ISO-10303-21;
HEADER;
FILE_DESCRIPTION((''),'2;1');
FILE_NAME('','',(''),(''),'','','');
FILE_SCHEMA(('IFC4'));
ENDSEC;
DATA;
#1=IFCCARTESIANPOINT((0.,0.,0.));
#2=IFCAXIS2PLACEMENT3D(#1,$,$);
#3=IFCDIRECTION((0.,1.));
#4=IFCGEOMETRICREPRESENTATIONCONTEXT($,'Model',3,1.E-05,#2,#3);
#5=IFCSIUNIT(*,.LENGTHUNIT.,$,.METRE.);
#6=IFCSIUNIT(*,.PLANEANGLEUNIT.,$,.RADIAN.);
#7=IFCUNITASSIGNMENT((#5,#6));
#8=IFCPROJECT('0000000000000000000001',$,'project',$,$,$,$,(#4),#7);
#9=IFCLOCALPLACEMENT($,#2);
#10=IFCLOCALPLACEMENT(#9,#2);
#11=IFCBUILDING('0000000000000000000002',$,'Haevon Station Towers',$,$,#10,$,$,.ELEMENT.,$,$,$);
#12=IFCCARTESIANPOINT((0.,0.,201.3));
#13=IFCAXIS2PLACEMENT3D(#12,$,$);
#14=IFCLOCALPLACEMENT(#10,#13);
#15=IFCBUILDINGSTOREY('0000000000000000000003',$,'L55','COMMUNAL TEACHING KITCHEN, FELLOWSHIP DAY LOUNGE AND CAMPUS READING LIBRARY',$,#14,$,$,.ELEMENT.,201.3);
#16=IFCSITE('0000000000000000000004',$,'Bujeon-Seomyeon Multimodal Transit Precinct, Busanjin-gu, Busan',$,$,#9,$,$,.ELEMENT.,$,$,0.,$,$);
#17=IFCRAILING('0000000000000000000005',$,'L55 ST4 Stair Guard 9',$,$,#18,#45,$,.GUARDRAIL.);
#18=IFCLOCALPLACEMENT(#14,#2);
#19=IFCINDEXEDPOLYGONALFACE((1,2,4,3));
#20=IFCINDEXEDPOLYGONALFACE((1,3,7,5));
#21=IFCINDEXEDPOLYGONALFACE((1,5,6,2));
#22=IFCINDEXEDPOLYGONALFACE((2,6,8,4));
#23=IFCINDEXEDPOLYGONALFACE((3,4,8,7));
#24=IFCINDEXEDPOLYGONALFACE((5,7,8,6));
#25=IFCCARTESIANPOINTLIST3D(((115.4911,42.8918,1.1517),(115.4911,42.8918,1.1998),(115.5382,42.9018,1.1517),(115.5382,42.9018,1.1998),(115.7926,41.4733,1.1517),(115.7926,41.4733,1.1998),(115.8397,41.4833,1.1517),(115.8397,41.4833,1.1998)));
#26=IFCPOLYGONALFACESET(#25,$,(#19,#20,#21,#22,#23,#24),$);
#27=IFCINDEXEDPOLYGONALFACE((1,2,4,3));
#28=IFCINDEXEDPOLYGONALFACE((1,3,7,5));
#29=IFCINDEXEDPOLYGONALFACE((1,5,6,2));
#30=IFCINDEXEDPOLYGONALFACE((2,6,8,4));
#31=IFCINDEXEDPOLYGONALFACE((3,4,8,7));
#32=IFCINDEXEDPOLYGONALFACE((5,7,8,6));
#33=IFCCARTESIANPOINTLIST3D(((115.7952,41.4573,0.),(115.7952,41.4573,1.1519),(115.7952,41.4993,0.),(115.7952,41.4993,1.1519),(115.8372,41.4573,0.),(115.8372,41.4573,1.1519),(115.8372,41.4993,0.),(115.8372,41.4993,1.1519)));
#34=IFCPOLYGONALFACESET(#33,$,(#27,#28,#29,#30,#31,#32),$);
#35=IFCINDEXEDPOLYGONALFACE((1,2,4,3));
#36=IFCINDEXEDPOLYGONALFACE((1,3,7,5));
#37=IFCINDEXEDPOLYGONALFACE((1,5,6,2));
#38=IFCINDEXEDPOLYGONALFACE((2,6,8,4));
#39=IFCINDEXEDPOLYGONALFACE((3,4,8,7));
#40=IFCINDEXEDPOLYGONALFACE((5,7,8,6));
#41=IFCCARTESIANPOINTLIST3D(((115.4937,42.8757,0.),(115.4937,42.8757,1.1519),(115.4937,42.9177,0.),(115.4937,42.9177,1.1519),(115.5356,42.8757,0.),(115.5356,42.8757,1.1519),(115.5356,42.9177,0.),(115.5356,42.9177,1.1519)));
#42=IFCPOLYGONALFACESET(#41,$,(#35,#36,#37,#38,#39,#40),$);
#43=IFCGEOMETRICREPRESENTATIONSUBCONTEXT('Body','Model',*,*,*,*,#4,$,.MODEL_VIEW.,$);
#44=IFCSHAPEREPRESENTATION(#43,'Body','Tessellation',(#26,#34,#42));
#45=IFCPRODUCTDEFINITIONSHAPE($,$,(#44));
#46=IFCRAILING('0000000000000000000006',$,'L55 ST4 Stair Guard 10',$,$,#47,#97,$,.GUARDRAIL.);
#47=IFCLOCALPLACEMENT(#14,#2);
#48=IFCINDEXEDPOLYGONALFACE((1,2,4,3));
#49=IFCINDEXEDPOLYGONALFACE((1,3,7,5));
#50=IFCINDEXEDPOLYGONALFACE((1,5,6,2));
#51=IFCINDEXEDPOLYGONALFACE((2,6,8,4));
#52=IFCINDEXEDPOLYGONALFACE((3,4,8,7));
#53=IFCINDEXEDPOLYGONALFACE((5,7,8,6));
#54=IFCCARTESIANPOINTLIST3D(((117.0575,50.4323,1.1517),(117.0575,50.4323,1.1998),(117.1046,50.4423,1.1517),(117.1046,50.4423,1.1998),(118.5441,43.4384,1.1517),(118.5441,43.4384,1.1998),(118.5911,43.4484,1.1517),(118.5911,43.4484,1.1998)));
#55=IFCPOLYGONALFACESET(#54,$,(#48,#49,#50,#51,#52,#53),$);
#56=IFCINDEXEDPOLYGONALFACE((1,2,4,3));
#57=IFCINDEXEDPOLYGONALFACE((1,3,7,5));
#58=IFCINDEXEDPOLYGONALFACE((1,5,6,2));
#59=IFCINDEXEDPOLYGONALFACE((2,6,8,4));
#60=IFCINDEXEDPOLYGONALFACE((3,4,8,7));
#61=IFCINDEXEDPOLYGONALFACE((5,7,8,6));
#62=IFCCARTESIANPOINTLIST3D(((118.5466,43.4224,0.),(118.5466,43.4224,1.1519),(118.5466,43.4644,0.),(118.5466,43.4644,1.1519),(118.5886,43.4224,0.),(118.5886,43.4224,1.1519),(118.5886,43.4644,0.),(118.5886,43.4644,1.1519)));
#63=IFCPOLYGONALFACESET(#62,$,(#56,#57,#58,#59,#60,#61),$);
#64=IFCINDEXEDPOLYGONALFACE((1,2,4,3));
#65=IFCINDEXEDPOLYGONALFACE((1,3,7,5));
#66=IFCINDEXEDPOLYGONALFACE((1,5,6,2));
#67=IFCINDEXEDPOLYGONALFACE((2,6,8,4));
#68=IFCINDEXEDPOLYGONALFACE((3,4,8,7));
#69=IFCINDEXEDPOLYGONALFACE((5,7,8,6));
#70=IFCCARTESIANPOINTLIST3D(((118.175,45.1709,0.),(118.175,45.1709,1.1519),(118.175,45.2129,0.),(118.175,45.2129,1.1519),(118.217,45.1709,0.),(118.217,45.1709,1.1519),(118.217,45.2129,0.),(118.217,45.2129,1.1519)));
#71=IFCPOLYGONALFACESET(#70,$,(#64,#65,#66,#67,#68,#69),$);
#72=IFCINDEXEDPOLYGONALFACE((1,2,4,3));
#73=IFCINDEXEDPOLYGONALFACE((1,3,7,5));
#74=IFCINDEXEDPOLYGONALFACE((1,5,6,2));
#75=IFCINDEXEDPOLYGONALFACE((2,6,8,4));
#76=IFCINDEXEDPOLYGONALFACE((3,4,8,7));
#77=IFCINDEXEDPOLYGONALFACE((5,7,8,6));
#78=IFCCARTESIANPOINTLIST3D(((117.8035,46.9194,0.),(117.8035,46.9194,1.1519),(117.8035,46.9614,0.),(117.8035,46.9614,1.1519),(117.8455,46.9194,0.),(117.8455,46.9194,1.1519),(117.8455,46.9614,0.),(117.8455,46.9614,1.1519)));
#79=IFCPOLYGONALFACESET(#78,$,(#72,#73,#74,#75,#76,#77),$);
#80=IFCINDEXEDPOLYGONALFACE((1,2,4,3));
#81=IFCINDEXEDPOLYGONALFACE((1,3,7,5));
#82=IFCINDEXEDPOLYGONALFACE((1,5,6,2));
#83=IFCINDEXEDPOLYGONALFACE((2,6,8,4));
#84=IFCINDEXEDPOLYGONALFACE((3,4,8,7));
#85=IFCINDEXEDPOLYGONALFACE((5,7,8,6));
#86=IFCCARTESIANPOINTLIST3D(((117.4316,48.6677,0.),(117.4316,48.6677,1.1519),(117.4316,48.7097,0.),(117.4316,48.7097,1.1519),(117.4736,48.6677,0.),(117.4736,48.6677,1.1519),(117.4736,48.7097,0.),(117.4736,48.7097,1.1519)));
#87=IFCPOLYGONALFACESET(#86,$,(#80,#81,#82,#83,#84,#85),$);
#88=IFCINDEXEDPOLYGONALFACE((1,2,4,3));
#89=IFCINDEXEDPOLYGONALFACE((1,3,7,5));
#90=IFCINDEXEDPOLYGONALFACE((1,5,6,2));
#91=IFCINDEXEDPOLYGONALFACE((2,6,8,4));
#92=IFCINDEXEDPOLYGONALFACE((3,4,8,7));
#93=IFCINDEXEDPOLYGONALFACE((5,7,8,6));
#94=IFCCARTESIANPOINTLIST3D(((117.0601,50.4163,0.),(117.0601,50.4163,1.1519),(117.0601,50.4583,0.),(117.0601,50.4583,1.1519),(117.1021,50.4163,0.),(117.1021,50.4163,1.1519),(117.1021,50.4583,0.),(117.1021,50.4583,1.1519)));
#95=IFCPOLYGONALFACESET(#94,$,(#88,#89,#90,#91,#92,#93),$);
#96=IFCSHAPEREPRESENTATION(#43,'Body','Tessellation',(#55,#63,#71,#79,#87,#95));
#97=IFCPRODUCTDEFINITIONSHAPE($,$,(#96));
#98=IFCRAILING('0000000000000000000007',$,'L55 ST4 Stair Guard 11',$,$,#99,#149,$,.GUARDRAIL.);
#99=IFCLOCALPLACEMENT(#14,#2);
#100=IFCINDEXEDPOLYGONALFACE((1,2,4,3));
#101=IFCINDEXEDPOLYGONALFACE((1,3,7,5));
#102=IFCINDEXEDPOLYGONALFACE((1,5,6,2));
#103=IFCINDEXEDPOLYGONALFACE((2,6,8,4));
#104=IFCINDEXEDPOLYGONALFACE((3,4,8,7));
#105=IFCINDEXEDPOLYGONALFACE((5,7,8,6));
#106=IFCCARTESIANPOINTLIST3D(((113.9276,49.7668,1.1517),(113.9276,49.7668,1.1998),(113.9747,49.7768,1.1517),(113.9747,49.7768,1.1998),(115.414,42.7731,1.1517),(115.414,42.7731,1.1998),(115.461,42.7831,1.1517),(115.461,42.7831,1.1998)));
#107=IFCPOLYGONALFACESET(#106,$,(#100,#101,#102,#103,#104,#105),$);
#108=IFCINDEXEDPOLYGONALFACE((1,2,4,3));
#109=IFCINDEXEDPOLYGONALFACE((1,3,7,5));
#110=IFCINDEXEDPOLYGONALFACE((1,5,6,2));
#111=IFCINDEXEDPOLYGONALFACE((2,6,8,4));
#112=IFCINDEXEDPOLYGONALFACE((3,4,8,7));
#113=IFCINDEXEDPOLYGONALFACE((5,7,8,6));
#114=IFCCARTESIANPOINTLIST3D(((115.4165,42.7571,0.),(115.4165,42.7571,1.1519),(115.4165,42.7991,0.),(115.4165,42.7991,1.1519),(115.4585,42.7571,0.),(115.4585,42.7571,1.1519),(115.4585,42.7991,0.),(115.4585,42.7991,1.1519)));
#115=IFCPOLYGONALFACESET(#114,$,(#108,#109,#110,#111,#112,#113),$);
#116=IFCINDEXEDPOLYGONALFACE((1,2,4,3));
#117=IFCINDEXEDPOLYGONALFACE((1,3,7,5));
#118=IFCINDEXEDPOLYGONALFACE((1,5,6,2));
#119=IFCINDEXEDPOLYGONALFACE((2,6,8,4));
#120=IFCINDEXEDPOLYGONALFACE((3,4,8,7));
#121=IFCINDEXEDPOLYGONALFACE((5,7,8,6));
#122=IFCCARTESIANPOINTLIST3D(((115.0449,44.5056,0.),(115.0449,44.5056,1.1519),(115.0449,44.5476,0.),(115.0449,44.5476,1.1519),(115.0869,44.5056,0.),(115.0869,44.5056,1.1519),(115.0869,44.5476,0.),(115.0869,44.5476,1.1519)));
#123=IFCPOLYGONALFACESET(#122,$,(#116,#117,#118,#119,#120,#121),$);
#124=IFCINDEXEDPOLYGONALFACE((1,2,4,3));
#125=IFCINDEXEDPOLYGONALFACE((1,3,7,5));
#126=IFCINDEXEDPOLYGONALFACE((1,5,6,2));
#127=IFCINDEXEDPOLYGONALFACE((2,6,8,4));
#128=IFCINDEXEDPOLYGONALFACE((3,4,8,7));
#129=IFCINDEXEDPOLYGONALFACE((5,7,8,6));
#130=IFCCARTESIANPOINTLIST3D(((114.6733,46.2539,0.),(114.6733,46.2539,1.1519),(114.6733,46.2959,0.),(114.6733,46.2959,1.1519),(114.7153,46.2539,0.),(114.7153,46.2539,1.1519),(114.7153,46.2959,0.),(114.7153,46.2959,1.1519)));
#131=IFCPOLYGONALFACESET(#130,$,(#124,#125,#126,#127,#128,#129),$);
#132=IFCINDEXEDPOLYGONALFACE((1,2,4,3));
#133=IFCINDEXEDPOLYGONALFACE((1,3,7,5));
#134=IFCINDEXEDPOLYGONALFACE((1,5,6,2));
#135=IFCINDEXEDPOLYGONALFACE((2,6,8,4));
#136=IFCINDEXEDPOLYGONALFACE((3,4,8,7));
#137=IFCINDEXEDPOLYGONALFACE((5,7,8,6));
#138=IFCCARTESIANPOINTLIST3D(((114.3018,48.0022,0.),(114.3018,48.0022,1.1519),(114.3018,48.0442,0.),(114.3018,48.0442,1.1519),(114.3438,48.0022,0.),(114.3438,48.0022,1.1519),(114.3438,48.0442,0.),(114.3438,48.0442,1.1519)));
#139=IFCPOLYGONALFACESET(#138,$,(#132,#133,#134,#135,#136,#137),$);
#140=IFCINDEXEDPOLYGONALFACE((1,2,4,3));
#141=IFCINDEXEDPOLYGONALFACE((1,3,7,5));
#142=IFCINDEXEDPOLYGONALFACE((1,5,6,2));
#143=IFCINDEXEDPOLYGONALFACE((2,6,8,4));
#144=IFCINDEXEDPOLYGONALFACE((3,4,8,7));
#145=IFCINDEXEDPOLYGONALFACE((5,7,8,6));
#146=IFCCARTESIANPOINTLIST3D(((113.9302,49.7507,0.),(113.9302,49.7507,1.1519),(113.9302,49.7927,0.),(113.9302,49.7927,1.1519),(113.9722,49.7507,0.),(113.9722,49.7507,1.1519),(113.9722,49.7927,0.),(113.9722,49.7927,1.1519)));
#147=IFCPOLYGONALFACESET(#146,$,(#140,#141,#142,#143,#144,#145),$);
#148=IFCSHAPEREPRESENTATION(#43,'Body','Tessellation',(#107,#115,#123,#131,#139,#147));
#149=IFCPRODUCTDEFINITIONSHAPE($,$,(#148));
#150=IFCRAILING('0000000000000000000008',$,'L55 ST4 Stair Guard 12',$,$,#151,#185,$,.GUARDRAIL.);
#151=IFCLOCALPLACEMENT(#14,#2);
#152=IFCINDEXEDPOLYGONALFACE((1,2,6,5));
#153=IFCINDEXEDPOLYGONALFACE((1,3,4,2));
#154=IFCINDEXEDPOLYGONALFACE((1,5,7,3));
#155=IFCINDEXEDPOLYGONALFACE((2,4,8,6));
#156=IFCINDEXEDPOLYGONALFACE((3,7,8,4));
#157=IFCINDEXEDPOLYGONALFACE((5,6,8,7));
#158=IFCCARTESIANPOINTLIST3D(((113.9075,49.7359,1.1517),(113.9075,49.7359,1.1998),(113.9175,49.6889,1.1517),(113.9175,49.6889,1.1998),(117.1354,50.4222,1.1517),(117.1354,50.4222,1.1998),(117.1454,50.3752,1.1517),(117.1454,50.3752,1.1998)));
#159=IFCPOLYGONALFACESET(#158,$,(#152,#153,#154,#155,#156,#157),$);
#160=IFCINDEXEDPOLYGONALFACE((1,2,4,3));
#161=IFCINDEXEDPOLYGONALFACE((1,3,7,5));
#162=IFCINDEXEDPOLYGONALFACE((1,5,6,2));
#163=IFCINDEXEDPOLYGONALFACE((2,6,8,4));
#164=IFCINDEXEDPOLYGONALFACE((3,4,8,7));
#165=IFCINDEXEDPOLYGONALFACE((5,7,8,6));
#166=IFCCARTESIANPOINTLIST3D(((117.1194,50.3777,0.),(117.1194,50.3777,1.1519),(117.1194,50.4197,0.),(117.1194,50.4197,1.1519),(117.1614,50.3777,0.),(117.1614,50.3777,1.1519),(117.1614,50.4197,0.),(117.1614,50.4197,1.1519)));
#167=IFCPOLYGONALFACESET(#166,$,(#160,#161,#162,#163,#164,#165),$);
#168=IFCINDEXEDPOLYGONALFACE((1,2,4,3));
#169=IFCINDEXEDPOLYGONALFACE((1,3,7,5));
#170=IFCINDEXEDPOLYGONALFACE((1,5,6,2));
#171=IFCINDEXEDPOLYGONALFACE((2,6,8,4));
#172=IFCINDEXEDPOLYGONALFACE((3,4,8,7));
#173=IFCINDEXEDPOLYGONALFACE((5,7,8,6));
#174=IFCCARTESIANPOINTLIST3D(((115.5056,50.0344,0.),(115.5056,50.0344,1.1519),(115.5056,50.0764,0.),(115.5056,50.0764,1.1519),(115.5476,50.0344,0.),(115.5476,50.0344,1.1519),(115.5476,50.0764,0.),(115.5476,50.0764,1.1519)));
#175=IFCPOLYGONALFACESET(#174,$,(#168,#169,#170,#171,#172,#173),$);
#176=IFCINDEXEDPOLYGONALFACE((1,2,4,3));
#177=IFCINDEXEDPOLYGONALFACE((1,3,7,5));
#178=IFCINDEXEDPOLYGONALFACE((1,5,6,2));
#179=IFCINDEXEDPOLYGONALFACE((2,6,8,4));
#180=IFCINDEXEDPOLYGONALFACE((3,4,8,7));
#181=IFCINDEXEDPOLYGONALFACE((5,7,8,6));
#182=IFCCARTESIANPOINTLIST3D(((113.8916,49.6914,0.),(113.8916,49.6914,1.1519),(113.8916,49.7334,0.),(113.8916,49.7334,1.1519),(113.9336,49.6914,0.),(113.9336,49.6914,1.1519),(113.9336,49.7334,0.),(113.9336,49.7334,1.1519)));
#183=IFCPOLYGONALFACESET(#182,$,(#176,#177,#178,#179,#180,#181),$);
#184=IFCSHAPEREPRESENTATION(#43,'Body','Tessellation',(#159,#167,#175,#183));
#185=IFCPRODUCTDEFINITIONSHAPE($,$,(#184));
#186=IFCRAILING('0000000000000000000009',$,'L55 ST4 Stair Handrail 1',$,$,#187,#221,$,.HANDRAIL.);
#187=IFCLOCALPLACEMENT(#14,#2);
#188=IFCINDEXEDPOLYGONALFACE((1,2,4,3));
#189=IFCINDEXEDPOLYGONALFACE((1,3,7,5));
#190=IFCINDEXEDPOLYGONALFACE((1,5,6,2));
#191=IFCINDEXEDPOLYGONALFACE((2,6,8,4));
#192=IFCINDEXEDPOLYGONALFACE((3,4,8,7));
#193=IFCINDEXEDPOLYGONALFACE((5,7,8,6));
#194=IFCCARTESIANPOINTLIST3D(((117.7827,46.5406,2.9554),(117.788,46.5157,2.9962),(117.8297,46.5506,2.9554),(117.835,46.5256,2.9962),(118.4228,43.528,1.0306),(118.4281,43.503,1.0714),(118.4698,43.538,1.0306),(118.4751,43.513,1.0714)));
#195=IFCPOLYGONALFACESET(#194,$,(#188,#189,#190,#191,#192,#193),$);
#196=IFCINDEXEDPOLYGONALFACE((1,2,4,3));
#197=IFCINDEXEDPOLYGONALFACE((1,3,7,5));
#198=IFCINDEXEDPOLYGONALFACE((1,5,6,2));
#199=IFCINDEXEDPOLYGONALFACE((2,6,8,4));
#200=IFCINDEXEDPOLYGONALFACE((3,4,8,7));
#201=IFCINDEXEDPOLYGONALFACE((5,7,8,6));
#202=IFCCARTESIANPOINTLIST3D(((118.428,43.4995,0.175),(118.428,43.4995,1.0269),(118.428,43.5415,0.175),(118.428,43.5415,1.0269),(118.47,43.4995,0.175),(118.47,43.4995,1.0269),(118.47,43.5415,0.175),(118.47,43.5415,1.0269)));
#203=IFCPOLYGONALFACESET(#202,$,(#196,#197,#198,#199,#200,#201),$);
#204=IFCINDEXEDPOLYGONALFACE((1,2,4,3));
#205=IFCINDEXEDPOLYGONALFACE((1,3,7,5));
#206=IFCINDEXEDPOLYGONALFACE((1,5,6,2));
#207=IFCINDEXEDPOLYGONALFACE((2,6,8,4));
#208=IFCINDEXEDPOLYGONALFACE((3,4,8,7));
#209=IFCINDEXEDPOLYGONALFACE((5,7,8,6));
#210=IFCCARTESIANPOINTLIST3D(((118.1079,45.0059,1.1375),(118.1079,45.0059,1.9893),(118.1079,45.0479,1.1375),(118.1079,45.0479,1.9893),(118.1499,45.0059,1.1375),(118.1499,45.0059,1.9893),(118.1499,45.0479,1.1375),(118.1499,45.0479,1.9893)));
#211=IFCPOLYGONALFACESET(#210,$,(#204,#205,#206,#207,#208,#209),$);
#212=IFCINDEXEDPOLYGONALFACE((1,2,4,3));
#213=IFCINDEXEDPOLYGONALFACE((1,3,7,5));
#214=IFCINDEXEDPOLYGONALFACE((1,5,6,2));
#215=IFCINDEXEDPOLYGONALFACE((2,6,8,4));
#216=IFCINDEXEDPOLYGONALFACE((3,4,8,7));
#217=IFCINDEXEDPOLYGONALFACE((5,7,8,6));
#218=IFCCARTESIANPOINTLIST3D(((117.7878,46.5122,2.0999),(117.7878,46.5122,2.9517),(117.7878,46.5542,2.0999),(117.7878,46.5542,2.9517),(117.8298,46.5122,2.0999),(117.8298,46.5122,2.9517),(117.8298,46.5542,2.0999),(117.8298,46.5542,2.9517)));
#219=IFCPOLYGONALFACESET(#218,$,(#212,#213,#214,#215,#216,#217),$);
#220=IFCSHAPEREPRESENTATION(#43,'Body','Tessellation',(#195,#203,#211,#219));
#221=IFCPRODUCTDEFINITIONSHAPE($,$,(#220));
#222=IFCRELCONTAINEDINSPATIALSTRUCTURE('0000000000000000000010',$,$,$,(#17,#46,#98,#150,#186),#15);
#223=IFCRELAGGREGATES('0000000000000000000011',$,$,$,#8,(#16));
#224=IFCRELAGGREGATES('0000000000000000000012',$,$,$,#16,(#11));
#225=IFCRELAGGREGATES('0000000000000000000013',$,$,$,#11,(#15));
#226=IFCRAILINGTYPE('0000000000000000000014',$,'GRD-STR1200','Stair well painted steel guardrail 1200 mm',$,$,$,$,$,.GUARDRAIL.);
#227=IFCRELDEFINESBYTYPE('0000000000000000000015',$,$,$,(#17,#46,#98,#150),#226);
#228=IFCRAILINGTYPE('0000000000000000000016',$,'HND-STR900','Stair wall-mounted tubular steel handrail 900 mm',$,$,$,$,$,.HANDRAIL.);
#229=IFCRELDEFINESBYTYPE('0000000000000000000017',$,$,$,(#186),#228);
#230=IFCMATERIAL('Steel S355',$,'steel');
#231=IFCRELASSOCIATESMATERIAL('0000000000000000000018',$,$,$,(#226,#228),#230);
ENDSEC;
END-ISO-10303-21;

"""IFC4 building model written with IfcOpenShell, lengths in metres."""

from ifc_helpers import new_model, si_unit, direction, frame, origin, origin_2d, place, context, subcontext, project, spatial, rectangle, extrude, material, type_object, element, save


model = new_model("IFC4")

# Units and contexts
model_context = context("Model", 3, precision=1e-05, world=origin(), true_north=direction((0.0, 1.0)))
body_context = subcontext(model_context, "Body", "Model", "MODEL_VIEW")
ifc_project = project(units=[si_unit("LENGTHUNIT", "METRE"), si_unit("PLANEANGLEUNIT", "RADIAN")], contexts=[model_context])

# Site, building, storey
site_placement = place(None, origin())
site = spatial("IfcSite", under=ifc_project, at=site_placement, Name="Bujeon-Seomyeon Multimodal Transit Precinct, Busanjin-gu, Busan", CompositionType="ELEMENT", RefElevation=0.0)
building_placement = place(site_placement, origin())
building = spatial("IfcBuilding", under=site, at=building_placement, Name="Haevon Station Towers", CompositionType="ELEMENT")
storey_placement = place(building_placement, frame((0.0, 0.0, 201.3)))
storey = spatial("IfcBuildingStorey", under=building, at=storey_placement, Name="L55", Description="COMMUNAL TEACHING KITCHEN, FELLOWSHIP DAY LOUNGE AND CAMPUS READING LIBRARY", CompositionType="ELEMENT", Elevation=201.3)

# Shared definitions
ifc_material_1 = material(Name="Steel S355", Category="steel")

# Railings
railing_type_1 = type_object("IfcRailingType", Name="GRD-STR1200", Description="Stair well painted steel guardrail 1200 mm", PredefinedType="GUARDRAIL", material=ifc_material_1)
for number, where, name in (
    (1, (115.8162, 41.4783, 0.0), "L55 ST4 Stair Guard 9"),
):
    element("IfcRailing", number, at=place(storey_placement, frame(where)), inside=storey, type_object=railing_type_1, Name=name, PredefinedType="GUARDRAIL", context=body_context, shape_type="SweptSolid", body=[
        extrude(rectangle(XDim=0.0481, YDim=0.0481, at=origin_2d()), frame((0.0, 0.0, 1.1758), z_axis=(-0.207919, 0.978146, 0.0), x_axis=(-0.978146, -0.207919, 0.0)), (0.0, 0.0, 1.0), 1.4502),
        extrude(rectangle(XDim=0.042, YDim=0.042, at=origin_2d()), origin(), (0.0, 0.0, 1.0), 1.1519),
        extrude(rectangle(XDim=0.042, YDim=0.042, at=origin_2d()), frame((-0.3015, 1.4185, 0.0)), (0.0, 0.0, 1.0), 1.1519),
    ])
railing_1_placement = place(storey_placement, frame((118.5676, 43.4434, 0.0)))
element("IfcRailing", 2, at=railing_1_placement, inside=storey, type_object=railing_type_1, Name="L55 ST4 Stair Guard 10", PredefinedType="GUARDRAIL", context=body_context, shape_type="SweptSolid", body=[
    extrude(rectangle(XDim=0.0481, YDim=0.0481, at=origin_2d()), frame((0.0, 0.0, 1.1758), z_axis=(-0.207908, 0.978148, 0.0), x_axis=(-0.978148, -0.207908, 0.0)), (0.0, 0.0, 1.0), 7.1501),
    extrude(rectangle(XDim=0.042, YDim=0.042, at=origin_2d()), origin(), (0.0, 0.0, 1.0), 1.1519),
    extrude(rectangle(XDim=0.042, YDim=0.042, at=origin_2d()), frame((-0.3716, 1.7485, 0.0)), (0.0, 0.0, 1.0), 1.1519),
    extrude(rectangle(XDim=0.042, YDim=0.042, at=origin_2d()), frame((-0.7432, 3.4971, 0.0)), (0.0, 0.0, 1.0), 1.1519),
    extrude(rectangle(XDim=0.042, YDim=0.042, at=origin_2d()), frame((-1.115, 5.2454, 0.0)), (0.0, 0.0, 1.0), 1.1519),
    extrude(rectangle(XDim=0.042, YDim=0.042, at=origin_2d()), frame((-1.4866, 6.9939, 0.0)), (0.0, 0.0, 1.0), 1.1519),
])
railing_2_placement = place(storey_placement, frame((115.4375, 42.7781, 0.0)))
element("IfcRailing", 3, at=railing_2_placement, inside=storey, type_object=railing_type_1, Name="L55 ST4 Stair Guard 11", PredefinedType="GUARDRAIL", context=body_context, shape_type="SweptSolid", body=[
    extrude(rectangle(XDim=0.0481, YDim=0.0481, at=origin_2d()), frame((0.0, 0.0, 1.1758), z_axis=(-0.207882, 0.978154, 0.0), x_axis=(-0.978154, -0.207882, 0.0)), (0.0, 0.0, 1.0), 7.1499),
    extrude(rectangle(XDim=0.042, YDim=0.042, at=origin_2d()), origin(), (0.0, 0.0, 1.0), 1.1519),
    extrude(rectangle(XDim=0.042, YDim=0.042, at=origin_2d()), frame((-0.3716, 1.7485, 0.0)), (0.0, 0.0, 1.0), 1.1519),
    extrude(rectangle(XDim=0.042, YDim=0.042, at=origin_2d()), frame((-0.7432, 3.4968, 0.0)), (0.0, 0.0, 1.0), 1.1519),
    extrude(rectangle(XDim=0.042, YDim=0.042, at=origin_2d()), frame((-1.1147, 5.2451, 0.0)), (0.0, 0.0, 1.0), 1.1519),
    extrude(rectangle(XDim=0.042, YDim=0.042, at=origin_2d()), frame((-1.4863, 6.9937, 0.0)), (0.0, 0.0, 1.0), 1.1519),
])
railing_3_placement = place(storey_placement, frame((117.1404, 50.3987, 0.0)))
element("IfcRailing", 4, at=railing_3_placement, inside=storey, type_object=railing_type_1, Name="L55 ST4 Stair Guard 12", PredefinedType="GUARDRAIL", context=body_context, shape_type="SweptSolid", body=[
    extrude(rectangle(XDim=0.0481, YDim=0.0481, at=origin_2d()), frame((0.0, 0.0, 1.1758), z_axis=(-0.978136, -0.207968, 0.0), x_axis=(0.207968, -0.978136, 0.0)), (0.0, 0.0, 1.0), 3.3),
    extrude(rectangle(XDim=0.042, YDim=0.042, at=origin_2d()), origin(), (0.0, 0.0, 1.0), 1.1519),
    extrude(rectangle(XDim=0.042, YDim=0.042, at=origin_2d()), frame((-1.6138, -0.3433, 0.0)), (0.0, 0.0, 1.0), 1.1519),
    extrude(rectangle(XDim=0.042, YDim=0.042, at=origin_2d()), frame((-3.2278, -0.6863, 0.0)), (0.0, 0.0, 1.0), 1.1519),
])
railing_type_2 = type_object("IfcRailingType", Name="HND-STR900", Description="Stair wall-mounted tubular steel handrail 900 mm", PredefinedType="HANDRAIL", material=ifc_material_1)
railing_4_placement = place(storey_placement, frame((118.449, 43.5205, 0.175)))
element("IfcRailing", 5, at=railing_4_placement, inside=storey, type_object=railing_type_2, Name="L55 ST4 Stair Handrail 1", PredefinedType="HANDRAIL", context=body_context, shape_type="SweptSolid", body=[
    extrude(rectangle(XDim=0.0481, YDim=0.0481, at=origin_2d()), frame((0.0, 0.0, 0.876), z_axis=(-0.176252, 0.829501, 0.529966), x_axis=(-0.978163, -0.20784, 0.0)), (0.0, 0.0, 1.0), 3.6318),
    extrude(rectangle(XDim=0.042, YDim=0.042, at=origin_2d()), origin(), (0.0, 0.0, 1.0), 0.8518),
    extrude(rectangle(XDim=0.042, YDim=0.042, at=origin_2d()), frame((-0.3201, 1.5063, 0.9624)), (0.0, 0.0, 1.0), 0.8518),
    extrude(rectangle(XDim=0.042, YDim=0.042, at=origin_2d()), frame((-0.6401, 3.0127, 1.9248)), (0.0, 0.0, 1.0), 0.8518),
])

save(model, "model.ifc")
